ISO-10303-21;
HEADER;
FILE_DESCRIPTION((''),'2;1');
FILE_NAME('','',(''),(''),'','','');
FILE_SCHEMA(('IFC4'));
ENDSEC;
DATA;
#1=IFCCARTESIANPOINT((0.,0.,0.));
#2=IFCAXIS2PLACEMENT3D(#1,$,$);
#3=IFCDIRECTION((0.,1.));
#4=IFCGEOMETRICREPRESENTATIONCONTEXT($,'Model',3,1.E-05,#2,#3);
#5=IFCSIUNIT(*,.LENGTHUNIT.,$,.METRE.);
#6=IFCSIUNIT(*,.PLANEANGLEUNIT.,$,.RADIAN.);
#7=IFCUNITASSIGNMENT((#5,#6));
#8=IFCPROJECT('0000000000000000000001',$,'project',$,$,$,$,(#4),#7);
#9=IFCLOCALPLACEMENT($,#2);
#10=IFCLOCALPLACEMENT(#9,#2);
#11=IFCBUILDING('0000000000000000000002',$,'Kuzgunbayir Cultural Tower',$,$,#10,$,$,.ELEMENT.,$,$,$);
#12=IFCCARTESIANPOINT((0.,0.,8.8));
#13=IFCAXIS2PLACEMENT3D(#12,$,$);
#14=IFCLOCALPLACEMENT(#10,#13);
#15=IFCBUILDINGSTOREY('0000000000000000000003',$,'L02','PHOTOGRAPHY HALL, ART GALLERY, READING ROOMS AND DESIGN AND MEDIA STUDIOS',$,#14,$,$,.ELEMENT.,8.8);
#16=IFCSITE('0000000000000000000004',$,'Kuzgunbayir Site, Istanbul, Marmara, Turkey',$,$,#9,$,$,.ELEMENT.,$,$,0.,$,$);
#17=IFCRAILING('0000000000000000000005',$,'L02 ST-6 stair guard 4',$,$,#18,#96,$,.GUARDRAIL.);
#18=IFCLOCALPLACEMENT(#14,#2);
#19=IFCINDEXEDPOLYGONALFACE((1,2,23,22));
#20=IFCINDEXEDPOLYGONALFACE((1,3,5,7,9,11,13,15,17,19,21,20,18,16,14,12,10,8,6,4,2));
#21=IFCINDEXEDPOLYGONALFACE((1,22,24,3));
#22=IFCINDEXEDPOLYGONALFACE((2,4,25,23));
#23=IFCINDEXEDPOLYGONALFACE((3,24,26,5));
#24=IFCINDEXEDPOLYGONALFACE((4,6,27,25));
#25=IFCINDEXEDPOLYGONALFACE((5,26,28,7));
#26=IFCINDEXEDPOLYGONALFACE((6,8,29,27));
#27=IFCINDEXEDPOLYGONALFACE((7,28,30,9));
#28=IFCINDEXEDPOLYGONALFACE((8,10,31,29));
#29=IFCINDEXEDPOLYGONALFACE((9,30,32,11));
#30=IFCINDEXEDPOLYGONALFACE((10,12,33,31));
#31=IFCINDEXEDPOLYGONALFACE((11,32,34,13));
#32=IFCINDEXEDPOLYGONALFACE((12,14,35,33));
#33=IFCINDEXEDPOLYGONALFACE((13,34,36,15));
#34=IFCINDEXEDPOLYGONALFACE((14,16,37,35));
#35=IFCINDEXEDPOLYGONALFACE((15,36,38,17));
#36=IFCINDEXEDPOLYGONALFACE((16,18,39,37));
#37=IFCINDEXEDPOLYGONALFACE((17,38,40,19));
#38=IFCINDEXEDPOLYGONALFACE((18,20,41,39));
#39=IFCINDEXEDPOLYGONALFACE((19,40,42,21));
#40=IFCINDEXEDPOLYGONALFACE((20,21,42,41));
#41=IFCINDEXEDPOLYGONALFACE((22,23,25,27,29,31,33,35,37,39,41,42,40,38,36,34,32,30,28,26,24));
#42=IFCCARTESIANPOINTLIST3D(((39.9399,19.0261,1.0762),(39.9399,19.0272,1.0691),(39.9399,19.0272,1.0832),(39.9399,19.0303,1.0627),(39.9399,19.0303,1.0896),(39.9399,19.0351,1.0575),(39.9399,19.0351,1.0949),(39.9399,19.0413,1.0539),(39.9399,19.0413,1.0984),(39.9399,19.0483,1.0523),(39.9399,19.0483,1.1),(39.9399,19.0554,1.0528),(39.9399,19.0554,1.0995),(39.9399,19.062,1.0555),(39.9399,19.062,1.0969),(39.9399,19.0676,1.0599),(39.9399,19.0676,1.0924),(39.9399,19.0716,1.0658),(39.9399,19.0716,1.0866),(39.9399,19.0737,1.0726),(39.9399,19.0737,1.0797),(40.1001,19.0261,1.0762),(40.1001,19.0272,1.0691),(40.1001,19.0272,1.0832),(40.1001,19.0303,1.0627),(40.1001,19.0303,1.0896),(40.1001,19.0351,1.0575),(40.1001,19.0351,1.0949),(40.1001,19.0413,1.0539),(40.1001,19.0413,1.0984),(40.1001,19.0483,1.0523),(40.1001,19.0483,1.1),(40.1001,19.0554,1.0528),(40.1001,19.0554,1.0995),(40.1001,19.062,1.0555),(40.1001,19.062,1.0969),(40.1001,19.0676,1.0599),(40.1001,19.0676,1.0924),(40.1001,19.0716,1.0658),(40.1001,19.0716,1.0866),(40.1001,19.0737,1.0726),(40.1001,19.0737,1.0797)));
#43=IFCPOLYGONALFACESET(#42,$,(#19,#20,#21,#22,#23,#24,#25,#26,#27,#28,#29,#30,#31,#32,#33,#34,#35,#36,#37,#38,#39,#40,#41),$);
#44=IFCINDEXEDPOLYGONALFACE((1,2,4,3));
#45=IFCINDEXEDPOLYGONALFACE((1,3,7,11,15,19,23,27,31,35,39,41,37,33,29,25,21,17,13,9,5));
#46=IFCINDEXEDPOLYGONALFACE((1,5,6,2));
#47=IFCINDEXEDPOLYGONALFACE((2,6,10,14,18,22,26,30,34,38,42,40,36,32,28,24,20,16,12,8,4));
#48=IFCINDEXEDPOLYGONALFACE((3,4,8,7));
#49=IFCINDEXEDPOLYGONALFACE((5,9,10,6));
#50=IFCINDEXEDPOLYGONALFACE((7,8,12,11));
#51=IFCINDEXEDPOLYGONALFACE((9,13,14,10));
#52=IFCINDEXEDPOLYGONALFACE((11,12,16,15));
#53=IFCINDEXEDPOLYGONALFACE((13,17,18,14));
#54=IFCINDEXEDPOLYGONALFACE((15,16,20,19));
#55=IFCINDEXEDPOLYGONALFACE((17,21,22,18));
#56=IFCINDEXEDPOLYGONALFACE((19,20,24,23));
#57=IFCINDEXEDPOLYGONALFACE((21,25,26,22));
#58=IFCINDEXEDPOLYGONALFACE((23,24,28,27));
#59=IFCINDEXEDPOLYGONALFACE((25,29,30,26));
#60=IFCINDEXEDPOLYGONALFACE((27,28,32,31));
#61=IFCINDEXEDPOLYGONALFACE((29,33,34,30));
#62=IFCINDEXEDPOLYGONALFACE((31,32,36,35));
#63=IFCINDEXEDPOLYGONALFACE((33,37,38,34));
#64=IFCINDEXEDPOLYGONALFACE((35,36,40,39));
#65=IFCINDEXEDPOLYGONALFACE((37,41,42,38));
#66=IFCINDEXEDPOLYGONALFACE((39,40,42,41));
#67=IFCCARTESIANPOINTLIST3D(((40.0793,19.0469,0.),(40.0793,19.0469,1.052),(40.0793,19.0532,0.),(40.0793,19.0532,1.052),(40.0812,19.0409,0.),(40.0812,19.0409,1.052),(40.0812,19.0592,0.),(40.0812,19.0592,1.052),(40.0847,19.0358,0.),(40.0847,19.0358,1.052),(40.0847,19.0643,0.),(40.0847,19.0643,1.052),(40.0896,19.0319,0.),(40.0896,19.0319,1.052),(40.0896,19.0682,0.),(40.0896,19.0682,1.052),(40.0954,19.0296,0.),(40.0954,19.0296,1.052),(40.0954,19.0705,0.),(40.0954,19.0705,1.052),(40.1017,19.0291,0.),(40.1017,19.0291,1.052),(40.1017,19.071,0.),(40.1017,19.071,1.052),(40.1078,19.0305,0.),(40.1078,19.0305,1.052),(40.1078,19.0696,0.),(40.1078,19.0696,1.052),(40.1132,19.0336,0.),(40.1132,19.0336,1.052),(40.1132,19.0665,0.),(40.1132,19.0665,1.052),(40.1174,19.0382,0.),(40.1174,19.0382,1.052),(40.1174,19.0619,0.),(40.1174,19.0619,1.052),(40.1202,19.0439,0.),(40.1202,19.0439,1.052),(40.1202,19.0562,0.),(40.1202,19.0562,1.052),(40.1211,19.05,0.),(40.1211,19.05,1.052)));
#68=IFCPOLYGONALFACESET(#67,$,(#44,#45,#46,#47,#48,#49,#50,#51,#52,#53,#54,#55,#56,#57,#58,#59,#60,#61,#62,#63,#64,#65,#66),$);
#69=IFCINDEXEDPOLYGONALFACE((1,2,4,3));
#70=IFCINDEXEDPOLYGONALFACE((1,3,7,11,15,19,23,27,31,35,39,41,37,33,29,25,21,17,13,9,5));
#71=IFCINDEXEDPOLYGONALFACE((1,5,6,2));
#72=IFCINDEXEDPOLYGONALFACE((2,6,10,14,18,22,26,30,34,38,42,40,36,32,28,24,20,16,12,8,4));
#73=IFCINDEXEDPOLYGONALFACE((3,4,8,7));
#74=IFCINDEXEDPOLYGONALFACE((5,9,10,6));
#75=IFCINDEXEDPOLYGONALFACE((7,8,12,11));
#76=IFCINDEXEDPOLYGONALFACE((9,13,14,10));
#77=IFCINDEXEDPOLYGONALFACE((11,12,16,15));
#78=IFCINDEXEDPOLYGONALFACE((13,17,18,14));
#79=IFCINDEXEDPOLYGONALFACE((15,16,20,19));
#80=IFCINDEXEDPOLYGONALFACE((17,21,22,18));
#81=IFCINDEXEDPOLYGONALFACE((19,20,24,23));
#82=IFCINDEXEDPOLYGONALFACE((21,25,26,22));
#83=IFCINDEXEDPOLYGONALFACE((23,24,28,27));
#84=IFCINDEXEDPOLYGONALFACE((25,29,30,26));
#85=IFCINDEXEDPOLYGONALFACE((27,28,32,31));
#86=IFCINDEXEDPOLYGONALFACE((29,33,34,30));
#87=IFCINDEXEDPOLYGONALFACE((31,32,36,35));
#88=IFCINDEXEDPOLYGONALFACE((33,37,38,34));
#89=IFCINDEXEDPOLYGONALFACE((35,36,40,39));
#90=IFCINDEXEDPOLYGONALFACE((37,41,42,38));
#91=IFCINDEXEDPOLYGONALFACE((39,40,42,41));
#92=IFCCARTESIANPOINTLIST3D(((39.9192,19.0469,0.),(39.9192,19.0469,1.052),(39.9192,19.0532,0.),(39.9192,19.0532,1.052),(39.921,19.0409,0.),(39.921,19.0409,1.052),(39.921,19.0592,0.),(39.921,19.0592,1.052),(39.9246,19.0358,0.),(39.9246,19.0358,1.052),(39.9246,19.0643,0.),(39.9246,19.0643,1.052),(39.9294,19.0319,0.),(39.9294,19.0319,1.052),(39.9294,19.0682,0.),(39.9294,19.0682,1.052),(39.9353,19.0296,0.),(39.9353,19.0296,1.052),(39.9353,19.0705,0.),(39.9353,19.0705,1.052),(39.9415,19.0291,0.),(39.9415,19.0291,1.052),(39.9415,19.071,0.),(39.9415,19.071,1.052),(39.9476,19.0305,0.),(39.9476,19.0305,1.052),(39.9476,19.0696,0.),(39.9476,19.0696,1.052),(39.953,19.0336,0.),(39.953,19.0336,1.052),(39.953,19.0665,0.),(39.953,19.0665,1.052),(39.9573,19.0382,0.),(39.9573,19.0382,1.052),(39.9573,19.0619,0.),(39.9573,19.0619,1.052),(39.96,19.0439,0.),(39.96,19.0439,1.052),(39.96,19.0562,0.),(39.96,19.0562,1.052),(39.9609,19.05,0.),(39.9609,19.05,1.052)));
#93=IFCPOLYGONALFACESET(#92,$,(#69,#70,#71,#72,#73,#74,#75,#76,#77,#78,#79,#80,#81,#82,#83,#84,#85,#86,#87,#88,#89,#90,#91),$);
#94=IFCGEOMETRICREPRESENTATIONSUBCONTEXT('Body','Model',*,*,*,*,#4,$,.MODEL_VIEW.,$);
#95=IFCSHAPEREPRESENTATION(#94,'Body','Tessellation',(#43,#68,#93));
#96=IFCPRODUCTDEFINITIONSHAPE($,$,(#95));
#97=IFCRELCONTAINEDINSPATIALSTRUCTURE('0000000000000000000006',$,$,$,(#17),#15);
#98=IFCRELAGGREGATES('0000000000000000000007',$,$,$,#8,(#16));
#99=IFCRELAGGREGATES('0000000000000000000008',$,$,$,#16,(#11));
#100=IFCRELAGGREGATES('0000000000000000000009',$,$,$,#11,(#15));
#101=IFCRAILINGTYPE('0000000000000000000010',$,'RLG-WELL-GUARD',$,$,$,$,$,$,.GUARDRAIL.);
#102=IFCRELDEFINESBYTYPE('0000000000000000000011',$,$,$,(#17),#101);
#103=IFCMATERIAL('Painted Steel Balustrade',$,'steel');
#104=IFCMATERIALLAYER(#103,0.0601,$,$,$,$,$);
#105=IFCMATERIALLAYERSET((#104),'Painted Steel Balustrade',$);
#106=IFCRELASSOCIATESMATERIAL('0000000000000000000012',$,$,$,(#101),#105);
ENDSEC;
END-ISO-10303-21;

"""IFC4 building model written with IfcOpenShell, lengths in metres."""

from ifc_helpers import new_model, si_unit, direction, frame, origin, origin_2d, place, context, subcontext, project, spatial, circle, extrude, material, layer, layer_set, type_object, element, save


model = new_model("IFC4")

# Units and contexts
model_context = context("Model", 3, precision=1e-05, world=origin(), true_north=direction((0.0, 1.0)))
body_context = subcontext(model_context, "Body", "Model", "MODEL_VIEW")
ifc_project = project(units=[si_unit("LENGTHUNIT", "METRE"), si_unit("PLANEANGLEUNIT", "RADIAN")], contexts=[model_context])

# Site, building, storey
site_placement = place(None, origin())
site = spatial("IfcSite", under=ifc_project, at=site_placement, Name="Kuzgunbayir Site, Istanbul, Marmara, Turkey", CompositionType="ELEMENT", RefElevation=0.0)
building_placement = place(site_placement, origin())
building = spatial("IfcBuilding", under=site, at=building_placement, Name="Kuzgunbayir Cultural Tower", CompositionType="ELEMENT")
storey_placement = place(building_placement, frame((0.0, 0.0, 8.8)))
storey = spatial("IfcBuildingStorey", under=building, at=storey_placement, Name="L02", Description="PHOTOGRAPHY HALL, ART GALLERY, READING ROOMS AND DESIGN AND MEDIA STUDIOS", CompositionType="ELEMENT", Elevation=8.8)

# Railing
ifc_material_1 = material(Name="Painted Steel Balustrade", Category="steel")
ifc_layer_1 = layer(ifc_material_1, 0.0601)
ifc_layer_set_1 = layer_set([ifc_layer_1], Name="Painted Steel Balustrade")
railing_type_1 = type_object("IfcRailingType", Name="RLG-WELL-GUARD", PredefinedType="GUARDRAIL", material=ifc_layer_set_1)
railing_1_placement = place(storey_placement, frame((40.1001, 19.05, 0.0)))
element("IfcRailing", 1, at=railing_1_placement, inside=storey, type_object=railing_type_1, Name="L02 ST-6 stair guard 4", PredefinedType="GUARDRAIL", context=body_context, shape_type="SweptSolid", body=[
    extrude(circle(Radius=0.0239, at=origin_2d()), frame((0.0, 0.0, 1.0762), z_axis=(-1.0, 0.0, 0.0), x_axis=(0.0, -1.0, 0.0)), (0.0, 0.0, 1.0), 0.1602),
    extrude(circle(Radius=0.021, at=origin_2d()), origin(), (0.0, 0.0, 1.0), 1.052),
    extrude(circle(Radius=0.021, at=origin_2d()), frame((-0.1602, 0.0, 0.0)), (0.0, 0.0, 1.0), 1.052),
])

save(model, "model.ifc")
